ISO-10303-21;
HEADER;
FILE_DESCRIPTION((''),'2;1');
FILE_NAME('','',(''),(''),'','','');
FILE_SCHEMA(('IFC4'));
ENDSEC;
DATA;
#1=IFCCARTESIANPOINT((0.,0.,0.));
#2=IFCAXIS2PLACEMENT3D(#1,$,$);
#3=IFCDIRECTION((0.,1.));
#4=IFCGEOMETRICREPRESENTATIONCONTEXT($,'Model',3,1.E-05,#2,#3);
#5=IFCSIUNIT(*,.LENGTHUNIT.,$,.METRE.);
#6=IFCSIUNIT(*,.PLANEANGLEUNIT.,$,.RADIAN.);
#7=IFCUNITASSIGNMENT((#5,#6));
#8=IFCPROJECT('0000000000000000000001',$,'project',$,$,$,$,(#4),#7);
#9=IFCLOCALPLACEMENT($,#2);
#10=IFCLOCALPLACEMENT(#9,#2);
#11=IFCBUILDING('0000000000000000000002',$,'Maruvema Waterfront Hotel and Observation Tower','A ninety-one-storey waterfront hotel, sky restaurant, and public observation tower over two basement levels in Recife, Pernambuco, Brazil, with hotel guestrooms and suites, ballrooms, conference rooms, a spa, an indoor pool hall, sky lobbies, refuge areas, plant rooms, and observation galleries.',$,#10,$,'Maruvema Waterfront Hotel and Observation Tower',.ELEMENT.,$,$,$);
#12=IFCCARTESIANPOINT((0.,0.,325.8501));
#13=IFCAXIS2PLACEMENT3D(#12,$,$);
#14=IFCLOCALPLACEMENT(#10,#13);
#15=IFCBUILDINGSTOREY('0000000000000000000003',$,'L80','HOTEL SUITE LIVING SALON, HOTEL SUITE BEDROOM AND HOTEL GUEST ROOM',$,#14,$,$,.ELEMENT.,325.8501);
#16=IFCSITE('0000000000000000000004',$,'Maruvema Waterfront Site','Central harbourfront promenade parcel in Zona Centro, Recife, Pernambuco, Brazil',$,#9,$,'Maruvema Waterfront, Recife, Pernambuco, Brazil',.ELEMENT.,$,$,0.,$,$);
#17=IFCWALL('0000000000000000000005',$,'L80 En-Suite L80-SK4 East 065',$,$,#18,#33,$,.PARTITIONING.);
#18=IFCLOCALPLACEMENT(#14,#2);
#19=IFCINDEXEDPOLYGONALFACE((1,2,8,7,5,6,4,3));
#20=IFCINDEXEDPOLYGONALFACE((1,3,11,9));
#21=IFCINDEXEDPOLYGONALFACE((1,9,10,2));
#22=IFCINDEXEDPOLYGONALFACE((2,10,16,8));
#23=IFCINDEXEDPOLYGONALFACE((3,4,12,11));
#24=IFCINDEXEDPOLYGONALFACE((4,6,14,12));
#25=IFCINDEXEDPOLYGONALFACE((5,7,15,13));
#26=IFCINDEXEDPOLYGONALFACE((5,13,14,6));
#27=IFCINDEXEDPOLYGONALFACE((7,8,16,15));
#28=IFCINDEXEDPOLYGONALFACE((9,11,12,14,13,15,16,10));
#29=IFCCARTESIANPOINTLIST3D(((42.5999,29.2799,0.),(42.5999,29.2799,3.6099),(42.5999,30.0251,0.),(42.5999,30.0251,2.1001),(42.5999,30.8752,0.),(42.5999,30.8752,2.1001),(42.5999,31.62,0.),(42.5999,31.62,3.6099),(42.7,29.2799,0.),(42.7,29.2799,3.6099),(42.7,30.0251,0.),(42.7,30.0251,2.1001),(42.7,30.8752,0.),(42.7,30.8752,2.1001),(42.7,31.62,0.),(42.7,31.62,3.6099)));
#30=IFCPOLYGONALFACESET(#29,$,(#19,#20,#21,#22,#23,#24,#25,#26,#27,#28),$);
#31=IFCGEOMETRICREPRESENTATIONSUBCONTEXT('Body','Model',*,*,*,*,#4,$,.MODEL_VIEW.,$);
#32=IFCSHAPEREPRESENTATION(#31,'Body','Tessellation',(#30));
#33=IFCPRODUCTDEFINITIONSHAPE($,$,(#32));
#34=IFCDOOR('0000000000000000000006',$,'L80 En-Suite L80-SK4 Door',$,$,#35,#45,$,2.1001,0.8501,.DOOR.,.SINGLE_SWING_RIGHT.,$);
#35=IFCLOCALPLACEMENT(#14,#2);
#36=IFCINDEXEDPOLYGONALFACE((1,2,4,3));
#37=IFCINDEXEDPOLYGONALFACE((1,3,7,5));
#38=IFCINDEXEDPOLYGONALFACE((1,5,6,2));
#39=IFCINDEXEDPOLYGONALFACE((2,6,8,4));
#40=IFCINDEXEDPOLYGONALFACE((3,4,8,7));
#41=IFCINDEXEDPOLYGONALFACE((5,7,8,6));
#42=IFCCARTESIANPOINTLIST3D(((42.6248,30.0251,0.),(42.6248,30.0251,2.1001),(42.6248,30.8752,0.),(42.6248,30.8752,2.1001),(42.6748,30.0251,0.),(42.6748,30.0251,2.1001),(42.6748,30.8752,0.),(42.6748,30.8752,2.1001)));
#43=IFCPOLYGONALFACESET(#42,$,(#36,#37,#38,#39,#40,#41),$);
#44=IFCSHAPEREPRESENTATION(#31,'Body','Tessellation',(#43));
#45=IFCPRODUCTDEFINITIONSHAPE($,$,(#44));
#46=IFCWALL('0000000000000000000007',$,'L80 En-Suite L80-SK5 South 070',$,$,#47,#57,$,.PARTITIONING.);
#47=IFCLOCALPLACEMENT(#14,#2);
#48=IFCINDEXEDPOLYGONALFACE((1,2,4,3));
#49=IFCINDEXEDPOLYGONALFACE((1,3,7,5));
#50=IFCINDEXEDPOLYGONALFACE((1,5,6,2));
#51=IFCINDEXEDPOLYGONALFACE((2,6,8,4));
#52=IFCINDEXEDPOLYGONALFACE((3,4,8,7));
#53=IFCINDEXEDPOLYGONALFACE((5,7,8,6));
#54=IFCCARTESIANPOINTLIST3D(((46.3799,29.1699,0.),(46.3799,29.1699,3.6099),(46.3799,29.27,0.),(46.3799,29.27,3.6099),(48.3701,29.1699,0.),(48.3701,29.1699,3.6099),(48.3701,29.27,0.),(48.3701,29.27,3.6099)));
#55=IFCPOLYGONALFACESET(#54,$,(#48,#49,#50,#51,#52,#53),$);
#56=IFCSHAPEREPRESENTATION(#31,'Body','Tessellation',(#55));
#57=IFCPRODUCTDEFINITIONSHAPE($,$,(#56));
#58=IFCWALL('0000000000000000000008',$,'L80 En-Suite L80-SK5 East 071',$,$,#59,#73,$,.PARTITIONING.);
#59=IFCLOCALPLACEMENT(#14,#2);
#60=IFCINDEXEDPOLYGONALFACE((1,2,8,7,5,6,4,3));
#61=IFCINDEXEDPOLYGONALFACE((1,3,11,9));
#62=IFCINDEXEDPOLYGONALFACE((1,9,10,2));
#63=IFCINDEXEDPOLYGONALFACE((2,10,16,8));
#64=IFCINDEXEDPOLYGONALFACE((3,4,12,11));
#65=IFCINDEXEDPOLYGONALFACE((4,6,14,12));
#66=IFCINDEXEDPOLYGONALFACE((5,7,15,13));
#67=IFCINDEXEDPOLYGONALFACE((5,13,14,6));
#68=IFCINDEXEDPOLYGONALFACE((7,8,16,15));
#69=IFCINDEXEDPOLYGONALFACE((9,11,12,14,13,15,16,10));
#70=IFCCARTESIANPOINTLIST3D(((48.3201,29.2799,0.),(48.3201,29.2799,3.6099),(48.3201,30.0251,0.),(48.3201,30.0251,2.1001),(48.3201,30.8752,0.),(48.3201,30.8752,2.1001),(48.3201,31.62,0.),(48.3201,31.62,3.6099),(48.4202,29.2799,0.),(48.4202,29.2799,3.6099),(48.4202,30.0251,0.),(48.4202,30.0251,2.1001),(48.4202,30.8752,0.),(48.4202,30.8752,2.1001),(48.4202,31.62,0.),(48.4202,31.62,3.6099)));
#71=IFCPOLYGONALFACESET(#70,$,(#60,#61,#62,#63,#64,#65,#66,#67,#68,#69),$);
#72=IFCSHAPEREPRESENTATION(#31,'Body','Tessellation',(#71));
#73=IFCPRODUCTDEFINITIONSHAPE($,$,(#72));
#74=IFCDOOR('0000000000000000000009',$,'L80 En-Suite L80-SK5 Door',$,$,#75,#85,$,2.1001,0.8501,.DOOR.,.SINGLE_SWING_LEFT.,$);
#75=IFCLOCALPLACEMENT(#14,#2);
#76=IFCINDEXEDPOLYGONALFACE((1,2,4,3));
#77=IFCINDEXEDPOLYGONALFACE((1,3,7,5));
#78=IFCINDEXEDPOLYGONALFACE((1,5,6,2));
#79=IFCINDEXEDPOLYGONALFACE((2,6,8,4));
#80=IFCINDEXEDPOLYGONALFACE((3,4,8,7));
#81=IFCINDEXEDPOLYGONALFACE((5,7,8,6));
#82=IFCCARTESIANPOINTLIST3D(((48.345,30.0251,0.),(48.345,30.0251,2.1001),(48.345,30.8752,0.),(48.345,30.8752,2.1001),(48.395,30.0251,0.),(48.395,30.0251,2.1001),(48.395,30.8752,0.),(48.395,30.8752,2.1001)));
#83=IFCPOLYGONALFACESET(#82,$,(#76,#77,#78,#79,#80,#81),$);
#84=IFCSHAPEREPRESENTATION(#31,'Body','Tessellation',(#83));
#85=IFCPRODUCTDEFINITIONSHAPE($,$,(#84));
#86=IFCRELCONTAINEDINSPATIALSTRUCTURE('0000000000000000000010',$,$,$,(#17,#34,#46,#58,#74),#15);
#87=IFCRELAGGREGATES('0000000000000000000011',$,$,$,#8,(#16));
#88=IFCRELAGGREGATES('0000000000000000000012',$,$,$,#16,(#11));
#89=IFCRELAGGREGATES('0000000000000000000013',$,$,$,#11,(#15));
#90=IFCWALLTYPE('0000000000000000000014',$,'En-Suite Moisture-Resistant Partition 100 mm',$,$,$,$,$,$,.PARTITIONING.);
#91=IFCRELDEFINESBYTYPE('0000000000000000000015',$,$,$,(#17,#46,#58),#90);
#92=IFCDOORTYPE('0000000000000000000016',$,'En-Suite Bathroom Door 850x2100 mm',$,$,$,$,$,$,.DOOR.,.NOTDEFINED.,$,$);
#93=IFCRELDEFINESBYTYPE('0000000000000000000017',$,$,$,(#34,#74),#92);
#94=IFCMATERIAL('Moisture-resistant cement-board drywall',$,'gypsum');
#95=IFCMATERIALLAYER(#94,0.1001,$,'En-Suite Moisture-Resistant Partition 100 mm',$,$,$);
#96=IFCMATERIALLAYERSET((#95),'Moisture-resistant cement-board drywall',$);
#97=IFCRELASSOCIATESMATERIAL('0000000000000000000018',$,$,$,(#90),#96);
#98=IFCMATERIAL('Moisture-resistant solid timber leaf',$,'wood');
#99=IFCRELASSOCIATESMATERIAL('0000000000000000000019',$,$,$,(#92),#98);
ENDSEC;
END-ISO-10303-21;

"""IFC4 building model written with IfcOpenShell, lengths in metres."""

from ifc_helpers import new_model, si_unit, direction, frame, frame_2d, origin, place, context, subcontext, project, spatial, rectangle, extrude, material, layer, layer_set, type_object, element, fill, save


model = new_model("IFC4")

# Units and contexts
model_context = context("Model", 3, precision=1e-05, world=origin(), true_north=direction((0.0, 1.0)))
body_context = subcontext(model_context, "Body", "Model", "MODEL_VIEW")
ifc_project = project(units=[si_unit("LENGTHUNIT", "METRE"), si_unit("PLANEANGLEUNIT", "RADIAN")], contexts=[model_context])

# Site, building, storey
site_placement = place(None, origin())
site = spatial("IfcSite", under=ifc_project, at=site_placement, Name="Maruvema Waterfront Site", Description="Central harbourfront promenade parcel in Zona Centro, Recife, Pernambuco, Brazil", LongName="Maruvema Waterfront, Recife, Pernambuco, Brazil", CompositionType="ELEMENT", RefElevation=0.0)
building_placement = place(site_placement, origin())
building = spatial("IfcBuilding", under=site, at=building_placement, Name="Maruvema Waterfront Hotel and Observation Tower", Description="A ninety-one-storey waterfront hotel, sky restaurant, and public observation tower over two basement levels in Recife, Pernambuco, Brazil, with hotel guestrooms and suites, ballrooms, conference rooms, a spa, an indoor pool hall, sky lobbies, refuge areas, plant rooms, and observation galleries.", LongName="Maruvema Waterfront Hotel and Observation Tower", CompositionType="ELEMENT")
storey_placement = place(building_placement, frame((0.0, 0.0, 325.8501)))
storey = spatial("IfcBuildingStorey", under=building, at=storey_placement, Name="L80", Description="HOTEL SUITE LIVING SALON, HOTEL SUITE BEDROOM AND HOTEL GUEST ROOM", CompositionType="ELEMENT", Elevation=325.8501)

# Shared definitions
ifc_material_1 = material(Name="Moisture-resistant cement-board drywall", Category="gypsum")
ifc_layer_1 = layer(ifc_material_1, 0.1001, Name="En-Suite Moisture-Resistant Partition 100 mm")
ifc_layer_set_1 = layer_set([ifc_layer_1], Name="Moisture-resistant cement-board drywall")
wall_type_1 = type_object("IfcWallType", Name="En-Suite Moisture-Resistant Partition 100 mm", PredefinedType="PARTITIONING", material=ifc_layer_set_1)
ifc_material_2 = material(Name="Moisture-resistant solid timber leaf", Category="wood")
door_type_1 = type_object("IfcDoorType", Name="En-Suite Bathroom Door 850x2100 mm", OperationType="NOTDEFINED", PredefinedType="DOOR", material=ifc_material_2)

# Wall, opening, door
wall_1_placement = place(storey_placement, frame((42.6499, 29.28, 0.0), z_axis=(0.0, 0.0, 1.0), x_axis=(0.0, 1.0, 0.0)))
wall_1 = element("IfcWall", 1, at=wall_1_placement, inside=storey, type_object=wall_type_1, Name="L80 En-Suite L80-SK4 East 065", PredefinedType="PARTITIONING", context=body_context, shape_type="SweptSolid", body=[
    extrude(rectangle(XDim=2.3401, YDim=0.1001, at=frame_2d((1.1699, 0.0))), origin(), (0.0, 0.0, 1.0), 3.6099),
])
opening_1_placement = place(wall_1_placement, frame((0.7451, 0.0, 0.0)))
opening_1 = element("IfcOpeningElement", 2, at=opening_1_placement, cuts=wall_1, PredefinedType="OPENING", context=body_context, shape_type="SweptSolid", body=[
    extrude(rectangle(XDim=0.8501, YDim=2.1001, at=frame_2d((0.425, 1.05))), frame((0.0, 0.0601, 0.0), z_axis=(0.0, -1.0, 0.0), x_axis=(1.0, 0.0, 0.0)), (0.0, 0.0, 1.0), 0.1201),
])
door_1_placement = place(opening_1_placement, frame((0.8501, 0.0, 0.0), z_axis=(0.0, 0.0, 1.0), x_axis=(-1.0, 0.0, 0.0)))
door_1 = element("IfcDoor", 3, at=door_1_placement, inside=storey, type_object=door_type_1, Name="L80 En-Suite L80-SK4 Door", OperationType="SINGLE_SWING_RIGHT", OverallHeight=2.1001, OverallWidth=0.8501, PredefinedType="DOOR", context=body_context, shape_type="SweptSolid", body=[
    extrude(rectangle(XDim=0.8501, YDim=2.1001, at=frame_2d((0.425, 1.05))), frame((0.0, 0.0249, 0.0), z_axis=(0.0, -1.0, 0.0), x_axis=(1.0, 0.0, 0.0)), (0.0, 0.0, 1.0), 0.05),
])
fill(opening_1, door_1)

# Wall
wall_2_placement = place(storey_placement, frame((46.3799, 29.22, 0.0), z_axis=(0.0, 0.0, 1.0), x_axis=(1.0, 0.0, 0.0)))
element("IfcWall", 4, at=wall_2_placement, inside=storey, type_object=wall_type_1, Name="L80 En-Suite L80-SK5 South 070", PredefinedType="PARTITIONING", context=body_context, shape_type="SweptSolid", body=[
    extrude(rectangle(XDim=1.9902, YDim=0.1001, at=frame_2d((0.9951, 0.0))), origin(), (0.0, 0.0, 1.0), 3.6099),
])

# Wall, opening, door
wall_3_placement = place(storey_placement, frame((48.3701, 29.28, 0.0), z_axis=(0.0, 0.0, 1.0), x_axis=(0.0, 1.0, 0.0)))
wall_3 = element("IfcWall", 5, at=wall_3_placement, inside=storey, type_object=wall_type_1, Name="L80 En-Suite L80-SK5 East 071", PredefinedType="PARTITIONING", context=body_context, shape_type="SweptSolid", body=[
    extrude(rectangle(XDim=2.3401, YDim=0.1001, at=frame_2d((1.1699, 0.0))), origin(), (0.0, 0.0, 1.0), 3.6099),
])
opening_2_placement = place(wall_3_placement, frame((0.7451, 0.0, 0.0)))
opening_2 = element("IfcOpeningElement", 6, at=opening_2_placement, cuts=wall_3, PredefinedType="OPENING", context=body_context, shape_type="SweptSolid", body=[
    extrude(rectangle(XDim=0.8501, YDim=2.1001, at=frame_2d((0.425, 1.05))), frame((0.0, 0.0601, 0.0), z_axis=(0.0, -1.0, 0.0), x_axis=(1.0, 0.0, 0.0)), (0.0, 0.0, 1.0), 0.1201),
])
door_2_placement = place(opening_2_placement, frame((0.8501, 0.0, 0.0), z_axis=(0.0, 0.0, 1.0), x_axis=(-1.0, 0.0, 0.0)))
door_2 = element("IfcDoor", 7, at=door_2_placement, inside=storey, type_object=door_type_1, Name="L80 En-Suite L80-SK5 Door", OperationType="SINGLE_SWING_LEFT", OverallHeight=2.1001, OverallWidth=0.8501, PredefinedType="DOOR", context=body_context, shape_type="SweptSolid", body=[
    extrude(rectangle(XDim=0.8501, YDim=2.1001, at=frame_2d((0.425, 1.05))), frame((0.0, 0.0249, 0.0), z_axis=(0.0, -1.0, 0.0), x_axis=(1.0, 0.0, 0.0)), (0.0, 0.0, 1.0), 0.05),
])
fill(opening_2, door_2)

save(model, "model.ifc")
